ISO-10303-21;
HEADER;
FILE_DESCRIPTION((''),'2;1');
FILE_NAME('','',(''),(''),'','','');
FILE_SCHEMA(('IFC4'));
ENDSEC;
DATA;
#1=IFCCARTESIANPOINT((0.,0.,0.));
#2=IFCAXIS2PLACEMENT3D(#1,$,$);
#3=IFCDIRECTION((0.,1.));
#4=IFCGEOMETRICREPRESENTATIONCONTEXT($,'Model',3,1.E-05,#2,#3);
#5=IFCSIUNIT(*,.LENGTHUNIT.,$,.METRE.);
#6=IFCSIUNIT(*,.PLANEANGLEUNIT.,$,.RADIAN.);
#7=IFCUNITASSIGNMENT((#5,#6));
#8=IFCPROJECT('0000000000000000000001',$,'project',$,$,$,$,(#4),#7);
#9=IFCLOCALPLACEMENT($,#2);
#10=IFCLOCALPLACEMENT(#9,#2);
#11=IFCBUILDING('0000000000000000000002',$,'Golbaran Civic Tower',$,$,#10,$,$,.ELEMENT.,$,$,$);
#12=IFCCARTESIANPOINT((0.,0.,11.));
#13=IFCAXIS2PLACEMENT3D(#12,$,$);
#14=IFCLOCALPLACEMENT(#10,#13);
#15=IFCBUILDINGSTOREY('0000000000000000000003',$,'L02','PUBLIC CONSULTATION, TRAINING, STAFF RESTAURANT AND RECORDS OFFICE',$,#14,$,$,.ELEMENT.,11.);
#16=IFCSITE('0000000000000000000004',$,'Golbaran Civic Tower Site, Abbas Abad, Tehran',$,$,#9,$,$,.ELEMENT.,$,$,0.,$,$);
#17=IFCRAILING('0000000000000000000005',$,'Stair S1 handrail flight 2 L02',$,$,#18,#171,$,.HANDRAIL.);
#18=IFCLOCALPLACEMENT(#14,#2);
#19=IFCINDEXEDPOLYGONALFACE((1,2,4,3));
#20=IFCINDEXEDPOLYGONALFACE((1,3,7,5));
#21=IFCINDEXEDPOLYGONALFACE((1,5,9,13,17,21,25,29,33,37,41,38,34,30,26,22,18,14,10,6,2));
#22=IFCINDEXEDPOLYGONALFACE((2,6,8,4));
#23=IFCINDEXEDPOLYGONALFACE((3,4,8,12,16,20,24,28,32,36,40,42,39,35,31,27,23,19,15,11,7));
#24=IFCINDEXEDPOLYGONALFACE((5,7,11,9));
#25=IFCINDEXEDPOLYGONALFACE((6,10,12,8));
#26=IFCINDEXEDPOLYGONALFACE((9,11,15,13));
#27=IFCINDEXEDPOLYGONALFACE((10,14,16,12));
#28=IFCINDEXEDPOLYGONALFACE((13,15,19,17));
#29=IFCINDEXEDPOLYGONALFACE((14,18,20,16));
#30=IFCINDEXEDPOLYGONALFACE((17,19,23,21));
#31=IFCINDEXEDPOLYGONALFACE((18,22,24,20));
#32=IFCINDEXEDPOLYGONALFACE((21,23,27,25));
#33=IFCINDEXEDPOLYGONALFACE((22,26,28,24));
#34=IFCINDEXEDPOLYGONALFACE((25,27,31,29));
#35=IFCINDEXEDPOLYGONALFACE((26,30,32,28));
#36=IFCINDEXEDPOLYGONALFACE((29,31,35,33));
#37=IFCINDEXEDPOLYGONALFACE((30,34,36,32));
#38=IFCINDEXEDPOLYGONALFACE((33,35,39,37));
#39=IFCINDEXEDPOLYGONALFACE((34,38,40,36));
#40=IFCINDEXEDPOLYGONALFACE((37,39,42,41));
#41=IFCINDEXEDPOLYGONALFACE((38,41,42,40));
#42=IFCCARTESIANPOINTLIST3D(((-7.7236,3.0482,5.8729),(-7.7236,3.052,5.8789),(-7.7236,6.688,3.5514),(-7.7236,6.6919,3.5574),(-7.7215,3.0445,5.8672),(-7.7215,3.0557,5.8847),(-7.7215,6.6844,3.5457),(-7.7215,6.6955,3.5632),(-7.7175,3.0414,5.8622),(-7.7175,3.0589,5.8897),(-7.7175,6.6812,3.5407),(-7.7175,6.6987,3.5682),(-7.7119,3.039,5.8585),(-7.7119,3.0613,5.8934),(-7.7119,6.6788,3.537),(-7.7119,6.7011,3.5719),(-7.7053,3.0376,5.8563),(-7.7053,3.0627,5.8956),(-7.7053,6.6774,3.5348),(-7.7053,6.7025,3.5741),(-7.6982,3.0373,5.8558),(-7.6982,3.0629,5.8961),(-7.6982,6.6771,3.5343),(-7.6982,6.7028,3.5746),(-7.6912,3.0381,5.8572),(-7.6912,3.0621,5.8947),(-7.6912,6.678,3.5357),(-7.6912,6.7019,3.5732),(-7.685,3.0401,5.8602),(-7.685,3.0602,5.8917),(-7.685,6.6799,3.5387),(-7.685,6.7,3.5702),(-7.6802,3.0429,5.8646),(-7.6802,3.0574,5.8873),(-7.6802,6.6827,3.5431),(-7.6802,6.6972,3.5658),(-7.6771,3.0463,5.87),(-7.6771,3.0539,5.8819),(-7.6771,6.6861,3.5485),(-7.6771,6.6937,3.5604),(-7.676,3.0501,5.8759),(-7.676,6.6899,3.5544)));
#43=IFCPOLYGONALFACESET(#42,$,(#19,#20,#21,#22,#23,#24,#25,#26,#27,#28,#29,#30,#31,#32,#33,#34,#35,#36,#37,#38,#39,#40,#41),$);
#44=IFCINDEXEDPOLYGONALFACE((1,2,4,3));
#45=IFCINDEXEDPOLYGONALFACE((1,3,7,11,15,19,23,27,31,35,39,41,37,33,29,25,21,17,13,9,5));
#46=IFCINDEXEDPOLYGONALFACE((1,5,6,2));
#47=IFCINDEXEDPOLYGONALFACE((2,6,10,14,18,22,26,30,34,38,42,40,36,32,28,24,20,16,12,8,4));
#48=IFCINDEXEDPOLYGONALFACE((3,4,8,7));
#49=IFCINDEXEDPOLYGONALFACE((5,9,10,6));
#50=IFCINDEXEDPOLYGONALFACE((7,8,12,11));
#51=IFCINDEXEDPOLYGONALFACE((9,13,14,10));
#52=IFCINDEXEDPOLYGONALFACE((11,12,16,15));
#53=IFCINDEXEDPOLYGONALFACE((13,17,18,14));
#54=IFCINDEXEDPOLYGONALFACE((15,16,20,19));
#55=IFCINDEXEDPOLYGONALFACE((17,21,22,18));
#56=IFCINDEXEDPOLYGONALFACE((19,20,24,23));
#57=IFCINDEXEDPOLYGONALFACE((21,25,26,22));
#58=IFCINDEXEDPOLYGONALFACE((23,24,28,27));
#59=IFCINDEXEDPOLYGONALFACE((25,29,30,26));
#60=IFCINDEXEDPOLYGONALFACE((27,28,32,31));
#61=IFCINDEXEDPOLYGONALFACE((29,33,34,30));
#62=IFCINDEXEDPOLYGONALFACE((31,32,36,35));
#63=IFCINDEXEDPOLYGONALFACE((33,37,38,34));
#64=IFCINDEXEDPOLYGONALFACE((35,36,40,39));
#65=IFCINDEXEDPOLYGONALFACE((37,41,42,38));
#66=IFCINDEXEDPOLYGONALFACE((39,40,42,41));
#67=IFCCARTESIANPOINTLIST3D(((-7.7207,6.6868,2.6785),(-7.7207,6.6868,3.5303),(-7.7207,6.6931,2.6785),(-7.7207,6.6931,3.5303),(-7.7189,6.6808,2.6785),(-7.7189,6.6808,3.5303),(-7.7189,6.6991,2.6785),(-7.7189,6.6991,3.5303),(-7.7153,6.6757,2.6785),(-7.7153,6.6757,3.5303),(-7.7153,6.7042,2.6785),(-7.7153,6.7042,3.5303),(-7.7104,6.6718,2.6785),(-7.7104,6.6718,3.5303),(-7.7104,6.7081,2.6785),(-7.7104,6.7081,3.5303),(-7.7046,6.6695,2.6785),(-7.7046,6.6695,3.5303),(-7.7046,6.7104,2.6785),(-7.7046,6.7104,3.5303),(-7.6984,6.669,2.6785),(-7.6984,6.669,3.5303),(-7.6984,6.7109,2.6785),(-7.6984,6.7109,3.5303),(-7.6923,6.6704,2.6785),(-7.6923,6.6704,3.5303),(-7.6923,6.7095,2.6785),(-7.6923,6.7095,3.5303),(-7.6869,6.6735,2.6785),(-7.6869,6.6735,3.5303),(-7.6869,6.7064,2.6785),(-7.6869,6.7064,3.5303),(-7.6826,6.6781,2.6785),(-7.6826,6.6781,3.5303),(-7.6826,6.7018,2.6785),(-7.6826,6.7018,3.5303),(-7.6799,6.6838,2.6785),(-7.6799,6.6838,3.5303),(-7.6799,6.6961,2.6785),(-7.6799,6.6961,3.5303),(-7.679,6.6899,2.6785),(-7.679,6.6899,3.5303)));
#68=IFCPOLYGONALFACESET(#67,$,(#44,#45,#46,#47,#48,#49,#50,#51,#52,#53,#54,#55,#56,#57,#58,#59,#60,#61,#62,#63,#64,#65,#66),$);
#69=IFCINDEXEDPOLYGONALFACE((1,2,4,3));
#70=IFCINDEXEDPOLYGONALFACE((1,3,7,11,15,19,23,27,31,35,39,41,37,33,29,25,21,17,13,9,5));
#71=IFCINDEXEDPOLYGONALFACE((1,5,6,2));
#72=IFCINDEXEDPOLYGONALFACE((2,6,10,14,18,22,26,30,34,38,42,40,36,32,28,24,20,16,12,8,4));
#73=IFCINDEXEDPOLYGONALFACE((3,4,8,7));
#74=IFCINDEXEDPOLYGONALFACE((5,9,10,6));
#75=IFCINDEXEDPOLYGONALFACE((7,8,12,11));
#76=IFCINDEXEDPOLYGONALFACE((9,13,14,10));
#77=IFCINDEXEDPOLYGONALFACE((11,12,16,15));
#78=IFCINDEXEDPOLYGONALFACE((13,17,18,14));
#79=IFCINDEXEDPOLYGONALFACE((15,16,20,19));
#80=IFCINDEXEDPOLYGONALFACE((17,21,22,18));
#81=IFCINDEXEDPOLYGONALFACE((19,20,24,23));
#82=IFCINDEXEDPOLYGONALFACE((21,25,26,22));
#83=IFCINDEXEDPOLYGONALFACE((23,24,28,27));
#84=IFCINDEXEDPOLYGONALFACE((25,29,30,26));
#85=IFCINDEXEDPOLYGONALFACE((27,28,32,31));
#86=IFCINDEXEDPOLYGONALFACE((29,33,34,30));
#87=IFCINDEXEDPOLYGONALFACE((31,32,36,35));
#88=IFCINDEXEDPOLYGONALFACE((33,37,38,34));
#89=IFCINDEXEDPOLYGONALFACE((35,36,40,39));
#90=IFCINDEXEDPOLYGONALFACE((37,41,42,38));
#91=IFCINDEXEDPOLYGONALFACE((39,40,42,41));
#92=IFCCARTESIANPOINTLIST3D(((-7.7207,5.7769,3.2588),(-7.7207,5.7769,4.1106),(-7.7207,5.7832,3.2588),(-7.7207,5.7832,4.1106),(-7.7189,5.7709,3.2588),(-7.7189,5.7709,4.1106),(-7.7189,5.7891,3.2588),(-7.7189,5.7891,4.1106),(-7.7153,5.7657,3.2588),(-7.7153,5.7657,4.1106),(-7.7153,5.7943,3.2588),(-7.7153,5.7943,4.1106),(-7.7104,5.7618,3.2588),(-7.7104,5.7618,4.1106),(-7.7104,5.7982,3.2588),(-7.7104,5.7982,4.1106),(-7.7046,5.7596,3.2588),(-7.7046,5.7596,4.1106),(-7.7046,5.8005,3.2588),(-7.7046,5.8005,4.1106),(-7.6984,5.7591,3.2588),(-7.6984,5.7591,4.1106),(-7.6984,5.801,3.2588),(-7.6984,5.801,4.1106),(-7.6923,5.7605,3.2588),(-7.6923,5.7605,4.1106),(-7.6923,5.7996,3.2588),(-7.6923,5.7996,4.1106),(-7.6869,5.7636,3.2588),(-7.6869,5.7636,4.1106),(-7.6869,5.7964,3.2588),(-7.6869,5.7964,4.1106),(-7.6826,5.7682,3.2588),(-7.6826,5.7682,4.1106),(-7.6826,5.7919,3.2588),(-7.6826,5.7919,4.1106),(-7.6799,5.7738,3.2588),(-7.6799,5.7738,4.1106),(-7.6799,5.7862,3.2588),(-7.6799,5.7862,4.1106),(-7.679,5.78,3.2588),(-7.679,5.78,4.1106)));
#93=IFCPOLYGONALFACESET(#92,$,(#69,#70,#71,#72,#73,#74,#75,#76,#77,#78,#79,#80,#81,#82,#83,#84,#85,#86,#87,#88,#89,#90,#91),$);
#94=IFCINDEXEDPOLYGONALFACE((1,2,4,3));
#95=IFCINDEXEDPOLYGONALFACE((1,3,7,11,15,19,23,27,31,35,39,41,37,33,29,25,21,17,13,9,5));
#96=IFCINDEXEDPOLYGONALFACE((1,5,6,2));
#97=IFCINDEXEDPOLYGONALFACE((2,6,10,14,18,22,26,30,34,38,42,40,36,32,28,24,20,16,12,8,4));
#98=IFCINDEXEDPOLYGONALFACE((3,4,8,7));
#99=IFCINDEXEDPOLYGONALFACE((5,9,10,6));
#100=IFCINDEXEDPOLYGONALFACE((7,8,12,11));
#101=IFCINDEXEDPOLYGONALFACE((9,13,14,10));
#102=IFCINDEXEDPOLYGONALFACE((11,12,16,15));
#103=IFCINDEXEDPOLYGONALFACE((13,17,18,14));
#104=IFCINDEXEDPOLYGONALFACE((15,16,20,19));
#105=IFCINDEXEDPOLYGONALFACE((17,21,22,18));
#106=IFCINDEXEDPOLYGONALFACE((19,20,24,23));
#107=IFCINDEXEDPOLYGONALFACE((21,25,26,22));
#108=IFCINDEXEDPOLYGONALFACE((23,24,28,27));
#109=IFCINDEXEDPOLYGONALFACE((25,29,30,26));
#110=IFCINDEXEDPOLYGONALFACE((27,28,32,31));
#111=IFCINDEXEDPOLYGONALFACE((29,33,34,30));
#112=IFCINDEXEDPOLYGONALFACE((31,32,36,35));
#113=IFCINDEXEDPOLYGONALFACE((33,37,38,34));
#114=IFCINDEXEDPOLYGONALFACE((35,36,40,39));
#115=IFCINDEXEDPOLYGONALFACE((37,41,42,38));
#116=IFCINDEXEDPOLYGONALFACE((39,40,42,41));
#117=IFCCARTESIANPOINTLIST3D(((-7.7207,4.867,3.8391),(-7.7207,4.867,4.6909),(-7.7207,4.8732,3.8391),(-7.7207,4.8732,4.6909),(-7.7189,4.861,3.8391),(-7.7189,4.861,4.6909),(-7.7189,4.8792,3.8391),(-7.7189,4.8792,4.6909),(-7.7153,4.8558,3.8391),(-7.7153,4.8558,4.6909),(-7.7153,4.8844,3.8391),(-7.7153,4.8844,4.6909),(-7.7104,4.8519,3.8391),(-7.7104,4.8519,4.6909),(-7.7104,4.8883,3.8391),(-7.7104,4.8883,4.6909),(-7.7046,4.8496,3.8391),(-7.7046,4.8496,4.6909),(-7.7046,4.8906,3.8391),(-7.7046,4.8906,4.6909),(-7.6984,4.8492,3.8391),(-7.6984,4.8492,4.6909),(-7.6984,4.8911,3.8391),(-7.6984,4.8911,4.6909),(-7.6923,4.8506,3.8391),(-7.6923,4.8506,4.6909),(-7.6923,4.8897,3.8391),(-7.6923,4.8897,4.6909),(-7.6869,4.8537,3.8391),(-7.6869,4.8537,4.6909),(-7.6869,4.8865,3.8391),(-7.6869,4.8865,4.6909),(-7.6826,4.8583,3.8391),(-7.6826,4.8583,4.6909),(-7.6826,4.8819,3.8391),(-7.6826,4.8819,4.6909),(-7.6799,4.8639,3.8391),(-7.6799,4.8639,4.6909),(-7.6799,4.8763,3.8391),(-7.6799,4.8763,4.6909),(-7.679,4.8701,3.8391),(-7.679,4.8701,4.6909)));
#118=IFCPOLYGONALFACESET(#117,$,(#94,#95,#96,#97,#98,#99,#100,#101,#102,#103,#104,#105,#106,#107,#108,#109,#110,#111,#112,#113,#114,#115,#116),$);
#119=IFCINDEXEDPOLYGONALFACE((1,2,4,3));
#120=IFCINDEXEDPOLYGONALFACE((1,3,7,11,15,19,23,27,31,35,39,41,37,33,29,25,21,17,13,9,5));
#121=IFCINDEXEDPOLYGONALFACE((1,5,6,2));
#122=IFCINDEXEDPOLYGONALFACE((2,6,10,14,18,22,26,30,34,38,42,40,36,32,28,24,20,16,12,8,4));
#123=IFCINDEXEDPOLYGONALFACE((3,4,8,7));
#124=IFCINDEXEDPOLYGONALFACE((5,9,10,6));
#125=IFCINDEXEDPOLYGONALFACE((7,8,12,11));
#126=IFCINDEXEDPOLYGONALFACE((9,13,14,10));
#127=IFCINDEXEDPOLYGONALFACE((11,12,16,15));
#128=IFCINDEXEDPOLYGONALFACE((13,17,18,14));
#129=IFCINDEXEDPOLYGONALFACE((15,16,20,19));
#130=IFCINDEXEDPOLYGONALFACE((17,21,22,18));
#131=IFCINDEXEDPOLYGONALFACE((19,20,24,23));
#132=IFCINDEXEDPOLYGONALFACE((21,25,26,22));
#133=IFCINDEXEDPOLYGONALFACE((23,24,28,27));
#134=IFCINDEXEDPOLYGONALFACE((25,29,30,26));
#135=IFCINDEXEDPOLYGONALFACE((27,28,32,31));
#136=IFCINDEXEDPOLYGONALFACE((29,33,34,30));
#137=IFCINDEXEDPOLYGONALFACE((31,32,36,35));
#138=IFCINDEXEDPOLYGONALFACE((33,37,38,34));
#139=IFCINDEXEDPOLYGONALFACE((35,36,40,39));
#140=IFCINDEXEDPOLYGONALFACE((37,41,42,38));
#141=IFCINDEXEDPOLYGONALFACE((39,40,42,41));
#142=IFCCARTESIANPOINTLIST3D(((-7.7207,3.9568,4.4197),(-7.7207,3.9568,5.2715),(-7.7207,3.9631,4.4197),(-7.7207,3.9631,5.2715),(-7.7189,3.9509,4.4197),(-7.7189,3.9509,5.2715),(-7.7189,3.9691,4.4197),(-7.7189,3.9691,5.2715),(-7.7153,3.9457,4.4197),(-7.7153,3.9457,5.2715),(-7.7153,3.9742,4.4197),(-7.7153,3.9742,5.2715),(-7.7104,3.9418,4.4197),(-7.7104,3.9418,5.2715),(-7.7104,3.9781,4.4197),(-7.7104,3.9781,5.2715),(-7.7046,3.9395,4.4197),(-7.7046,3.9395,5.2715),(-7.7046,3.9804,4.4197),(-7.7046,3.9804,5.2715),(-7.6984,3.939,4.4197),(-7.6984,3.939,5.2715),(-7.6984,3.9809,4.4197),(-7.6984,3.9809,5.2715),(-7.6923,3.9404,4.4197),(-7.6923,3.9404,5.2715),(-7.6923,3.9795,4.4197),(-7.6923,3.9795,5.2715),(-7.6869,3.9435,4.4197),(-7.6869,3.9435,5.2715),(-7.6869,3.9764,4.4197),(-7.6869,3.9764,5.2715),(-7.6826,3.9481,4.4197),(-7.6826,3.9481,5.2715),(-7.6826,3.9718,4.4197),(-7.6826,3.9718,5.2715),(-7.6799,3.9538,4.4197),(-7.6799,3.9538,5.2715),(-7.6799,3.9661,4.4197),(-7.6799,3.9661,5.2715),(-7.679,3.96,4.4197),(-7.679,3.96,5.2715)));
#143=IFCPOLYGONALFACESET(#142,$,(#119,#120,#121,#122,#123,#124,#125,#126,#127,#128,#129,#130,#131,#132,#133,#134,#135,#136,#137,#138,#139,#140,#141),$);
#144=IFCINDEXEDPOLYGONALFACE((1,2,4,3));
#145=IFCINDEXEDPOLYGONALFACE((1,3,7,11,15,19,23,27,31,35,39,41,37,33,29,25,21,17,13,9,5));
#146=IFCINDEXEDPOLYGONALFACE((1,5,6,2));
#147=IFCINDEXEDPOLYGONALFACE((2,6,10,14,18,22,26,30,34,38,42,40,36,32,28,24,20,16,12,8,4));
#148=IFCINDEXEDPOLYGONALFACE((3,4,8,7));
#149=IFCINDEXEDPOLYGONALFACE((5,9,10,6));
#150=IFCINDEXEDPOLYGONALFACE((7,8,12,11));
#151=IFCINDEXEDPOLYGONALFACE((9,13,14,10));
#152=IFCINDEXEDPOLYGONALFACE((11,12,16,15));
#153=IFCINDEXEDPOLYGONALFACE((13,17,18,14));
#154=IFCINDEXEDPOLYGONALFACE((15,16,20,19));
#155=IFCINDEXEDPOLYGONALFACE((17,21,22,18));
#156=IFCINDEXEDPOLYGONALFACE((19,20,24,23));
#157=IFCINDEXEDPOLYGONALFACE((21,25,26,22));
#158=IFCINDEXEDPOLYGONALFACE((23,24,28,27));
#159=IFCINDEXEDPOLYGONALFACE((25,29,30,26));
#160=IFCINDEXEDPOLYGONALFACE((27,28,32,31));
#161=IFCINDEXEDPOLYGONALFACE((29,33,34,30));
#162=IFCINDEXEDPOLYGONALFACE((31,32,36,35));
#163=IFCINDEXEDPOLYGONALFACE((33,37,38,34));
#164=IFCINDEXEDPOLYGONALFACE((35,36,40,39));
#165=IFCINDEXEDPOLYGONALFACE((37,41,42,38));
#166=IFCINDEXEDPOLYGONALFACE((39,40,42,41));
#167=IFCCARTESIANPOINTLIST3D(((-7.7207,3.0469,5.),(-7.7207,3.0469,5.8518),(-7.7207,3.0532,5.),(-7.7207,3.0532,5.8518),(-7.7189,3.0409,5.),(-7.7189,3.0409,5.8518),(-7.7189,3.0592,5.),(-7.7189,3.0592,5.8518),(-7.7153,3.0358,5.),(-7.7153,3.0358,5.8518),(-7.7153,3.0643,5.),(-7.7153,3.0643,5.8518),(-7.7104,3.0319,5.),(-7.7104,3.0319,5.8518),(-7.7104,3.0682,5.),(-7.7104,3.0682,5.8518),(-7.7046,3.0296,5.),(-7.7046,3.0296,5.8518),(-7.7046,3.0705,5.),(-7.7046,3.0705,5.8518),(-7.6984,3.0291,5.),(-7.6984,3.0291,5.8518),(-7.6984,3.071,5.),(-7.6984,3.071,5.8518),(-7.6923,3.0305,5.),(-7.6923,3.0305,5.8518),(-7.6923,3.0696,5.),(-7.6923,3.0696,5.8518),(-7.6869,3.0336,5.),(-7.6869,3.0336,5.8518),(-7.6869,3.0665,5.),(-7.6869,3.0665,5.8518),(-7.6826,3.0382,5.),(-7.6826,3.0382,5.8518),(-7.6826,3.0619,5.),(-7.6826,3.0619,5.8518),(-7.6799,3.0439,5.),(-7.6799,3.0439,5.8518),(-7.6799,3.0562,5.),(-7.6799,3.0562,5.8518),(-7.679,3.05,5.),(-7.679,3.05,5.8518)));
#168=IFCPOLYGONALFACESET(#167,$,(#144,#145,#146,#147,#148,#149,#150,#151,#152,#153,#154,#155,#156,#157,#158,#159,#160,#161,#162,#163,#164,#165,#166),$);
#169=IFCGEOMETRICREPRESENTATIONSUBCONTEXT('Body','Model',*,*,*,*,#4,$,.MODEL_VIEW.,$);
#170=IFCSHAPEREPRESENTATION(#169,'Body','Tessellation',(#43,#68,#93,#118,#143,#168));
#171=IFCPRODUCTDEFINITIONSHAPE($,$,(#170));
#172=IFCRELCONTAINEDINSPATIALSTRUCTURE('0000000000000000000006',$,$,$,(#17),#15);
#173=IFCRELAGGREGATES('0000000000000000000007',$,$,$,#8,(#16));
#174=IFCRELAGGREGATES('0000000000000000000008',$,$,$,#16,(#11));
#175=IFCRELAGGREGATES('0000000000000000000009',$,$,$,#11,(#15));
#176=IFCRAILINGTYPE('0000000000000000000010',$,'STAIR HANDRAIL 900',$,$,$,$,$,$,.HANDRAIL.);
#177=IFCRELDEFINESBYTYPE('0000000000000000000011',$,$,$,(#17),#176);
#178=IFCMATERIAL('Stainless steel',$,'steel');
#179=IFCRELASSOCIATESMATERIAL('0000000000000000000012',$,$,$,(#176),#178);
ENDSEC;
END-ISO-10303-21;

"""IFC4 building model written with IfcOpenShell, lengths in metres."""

from ifc_helpers import new_model, si_unit, direction, frame, origin, origin_2d, place, context, subcontext, project, spatial, circle, extrude, material, type_object, element, save


model = new_model("IFC4")

# Units and contexts
model_context = context("Model", 3, precision=1e-05, world=origin(), true_north=direction((0.0, 1.0)))
body_context = subcontext(model_context, "Body", "Model", "MODEL_VIEW")
ifc_project = project(units=[si_unit("LENGTHUNIT", "METRE"), si_unit("PLANEANGLEUNIT", "RADIAN")], contexts=[model_context])

# Site, building, storey
site_placement = place(None, origin())
site = spatial("IfcSite", under=ifc_project, at=site_placement, Name="Golbaran Civic Tower Site, Abbas Abad, Tehran", CompositionType="ELEMENT", RefElevation=0.0)
building_placement = place(site_placement, origin())
building = spatial("IfcBuilding", under=site, at=building_placement, Name="Golbaran Civic Tower", CompositionType="ELEMENT")
storey_placement = place(building_placement, frame((0.0, 0.0, 11.0)))
storey = spatial("IfcBuildingStorey", under=building, at=storey_placement, Name="L02", Description="PUBLIC CONSULTATION, TRAINING, STAFF RESTAURANT AND RECORDS OFFICE", CompositionType="ELEMENT", Elevation=11.0)

# Shared definitions
ifc_material_1 = material(Name="Stainless steel", Category="steel")

# Railing
railing_type = type_object("IfcRailingType", Name="STAIR HANDRAIL 900", PredefinedType="HANDRAIL", material=ifc_material_1)
railing_1_placement = place(storey_placement, frame((-7.7, 6.6899, 2.6785)))
element("IfcRailing", 1, at=railing_1_placement, inside=storey, type_object=railing_type, Name="Stair S1 handrail flight 2 L02", PredefinedType="HANDRAIL", context=body_context, shape_type="SweptSolid", body=[
    extrude(circle(Radius=0.0239, at=origin_2d()), frame((0.0, 0.0, 0.876), z_axis=(0.0, -0.843112, 0.537739), x_axis=(1.0, 0.0, 0.0)), (0.0, 0.0, 1.0), 4.3171),
    extrude(circle(Radius=0.021, at=origin_2d()), origin(), (0.0, 0.0, 1.0), 0.8518),
    extrude(circle(Radius=0.021, at=origin_2d()), frame((0.0, -0.9099, 0.5803)), (0.0, 0.0, 1.0), 0.8518),
    extrude(circle(Radius=0.021, at=origin_2d()), frame((0.0, -1.8198, 1.1606)), (0.0, 0.0, 1.0), 0.8518),
    extrude(circle(Radius=0.021, at=origin_2d()), frame((0.0, -2.73, 1.7412)), (0.0, 0.0, 1.0), 0.8518),
    extrude(circle(Radius=0.021, at=origin_2d()), frame((0.0, -3.6399, 2.3215)), (0.0, 0.0, 1.0), 0.8518),
])

save(model, "model.ifc")
